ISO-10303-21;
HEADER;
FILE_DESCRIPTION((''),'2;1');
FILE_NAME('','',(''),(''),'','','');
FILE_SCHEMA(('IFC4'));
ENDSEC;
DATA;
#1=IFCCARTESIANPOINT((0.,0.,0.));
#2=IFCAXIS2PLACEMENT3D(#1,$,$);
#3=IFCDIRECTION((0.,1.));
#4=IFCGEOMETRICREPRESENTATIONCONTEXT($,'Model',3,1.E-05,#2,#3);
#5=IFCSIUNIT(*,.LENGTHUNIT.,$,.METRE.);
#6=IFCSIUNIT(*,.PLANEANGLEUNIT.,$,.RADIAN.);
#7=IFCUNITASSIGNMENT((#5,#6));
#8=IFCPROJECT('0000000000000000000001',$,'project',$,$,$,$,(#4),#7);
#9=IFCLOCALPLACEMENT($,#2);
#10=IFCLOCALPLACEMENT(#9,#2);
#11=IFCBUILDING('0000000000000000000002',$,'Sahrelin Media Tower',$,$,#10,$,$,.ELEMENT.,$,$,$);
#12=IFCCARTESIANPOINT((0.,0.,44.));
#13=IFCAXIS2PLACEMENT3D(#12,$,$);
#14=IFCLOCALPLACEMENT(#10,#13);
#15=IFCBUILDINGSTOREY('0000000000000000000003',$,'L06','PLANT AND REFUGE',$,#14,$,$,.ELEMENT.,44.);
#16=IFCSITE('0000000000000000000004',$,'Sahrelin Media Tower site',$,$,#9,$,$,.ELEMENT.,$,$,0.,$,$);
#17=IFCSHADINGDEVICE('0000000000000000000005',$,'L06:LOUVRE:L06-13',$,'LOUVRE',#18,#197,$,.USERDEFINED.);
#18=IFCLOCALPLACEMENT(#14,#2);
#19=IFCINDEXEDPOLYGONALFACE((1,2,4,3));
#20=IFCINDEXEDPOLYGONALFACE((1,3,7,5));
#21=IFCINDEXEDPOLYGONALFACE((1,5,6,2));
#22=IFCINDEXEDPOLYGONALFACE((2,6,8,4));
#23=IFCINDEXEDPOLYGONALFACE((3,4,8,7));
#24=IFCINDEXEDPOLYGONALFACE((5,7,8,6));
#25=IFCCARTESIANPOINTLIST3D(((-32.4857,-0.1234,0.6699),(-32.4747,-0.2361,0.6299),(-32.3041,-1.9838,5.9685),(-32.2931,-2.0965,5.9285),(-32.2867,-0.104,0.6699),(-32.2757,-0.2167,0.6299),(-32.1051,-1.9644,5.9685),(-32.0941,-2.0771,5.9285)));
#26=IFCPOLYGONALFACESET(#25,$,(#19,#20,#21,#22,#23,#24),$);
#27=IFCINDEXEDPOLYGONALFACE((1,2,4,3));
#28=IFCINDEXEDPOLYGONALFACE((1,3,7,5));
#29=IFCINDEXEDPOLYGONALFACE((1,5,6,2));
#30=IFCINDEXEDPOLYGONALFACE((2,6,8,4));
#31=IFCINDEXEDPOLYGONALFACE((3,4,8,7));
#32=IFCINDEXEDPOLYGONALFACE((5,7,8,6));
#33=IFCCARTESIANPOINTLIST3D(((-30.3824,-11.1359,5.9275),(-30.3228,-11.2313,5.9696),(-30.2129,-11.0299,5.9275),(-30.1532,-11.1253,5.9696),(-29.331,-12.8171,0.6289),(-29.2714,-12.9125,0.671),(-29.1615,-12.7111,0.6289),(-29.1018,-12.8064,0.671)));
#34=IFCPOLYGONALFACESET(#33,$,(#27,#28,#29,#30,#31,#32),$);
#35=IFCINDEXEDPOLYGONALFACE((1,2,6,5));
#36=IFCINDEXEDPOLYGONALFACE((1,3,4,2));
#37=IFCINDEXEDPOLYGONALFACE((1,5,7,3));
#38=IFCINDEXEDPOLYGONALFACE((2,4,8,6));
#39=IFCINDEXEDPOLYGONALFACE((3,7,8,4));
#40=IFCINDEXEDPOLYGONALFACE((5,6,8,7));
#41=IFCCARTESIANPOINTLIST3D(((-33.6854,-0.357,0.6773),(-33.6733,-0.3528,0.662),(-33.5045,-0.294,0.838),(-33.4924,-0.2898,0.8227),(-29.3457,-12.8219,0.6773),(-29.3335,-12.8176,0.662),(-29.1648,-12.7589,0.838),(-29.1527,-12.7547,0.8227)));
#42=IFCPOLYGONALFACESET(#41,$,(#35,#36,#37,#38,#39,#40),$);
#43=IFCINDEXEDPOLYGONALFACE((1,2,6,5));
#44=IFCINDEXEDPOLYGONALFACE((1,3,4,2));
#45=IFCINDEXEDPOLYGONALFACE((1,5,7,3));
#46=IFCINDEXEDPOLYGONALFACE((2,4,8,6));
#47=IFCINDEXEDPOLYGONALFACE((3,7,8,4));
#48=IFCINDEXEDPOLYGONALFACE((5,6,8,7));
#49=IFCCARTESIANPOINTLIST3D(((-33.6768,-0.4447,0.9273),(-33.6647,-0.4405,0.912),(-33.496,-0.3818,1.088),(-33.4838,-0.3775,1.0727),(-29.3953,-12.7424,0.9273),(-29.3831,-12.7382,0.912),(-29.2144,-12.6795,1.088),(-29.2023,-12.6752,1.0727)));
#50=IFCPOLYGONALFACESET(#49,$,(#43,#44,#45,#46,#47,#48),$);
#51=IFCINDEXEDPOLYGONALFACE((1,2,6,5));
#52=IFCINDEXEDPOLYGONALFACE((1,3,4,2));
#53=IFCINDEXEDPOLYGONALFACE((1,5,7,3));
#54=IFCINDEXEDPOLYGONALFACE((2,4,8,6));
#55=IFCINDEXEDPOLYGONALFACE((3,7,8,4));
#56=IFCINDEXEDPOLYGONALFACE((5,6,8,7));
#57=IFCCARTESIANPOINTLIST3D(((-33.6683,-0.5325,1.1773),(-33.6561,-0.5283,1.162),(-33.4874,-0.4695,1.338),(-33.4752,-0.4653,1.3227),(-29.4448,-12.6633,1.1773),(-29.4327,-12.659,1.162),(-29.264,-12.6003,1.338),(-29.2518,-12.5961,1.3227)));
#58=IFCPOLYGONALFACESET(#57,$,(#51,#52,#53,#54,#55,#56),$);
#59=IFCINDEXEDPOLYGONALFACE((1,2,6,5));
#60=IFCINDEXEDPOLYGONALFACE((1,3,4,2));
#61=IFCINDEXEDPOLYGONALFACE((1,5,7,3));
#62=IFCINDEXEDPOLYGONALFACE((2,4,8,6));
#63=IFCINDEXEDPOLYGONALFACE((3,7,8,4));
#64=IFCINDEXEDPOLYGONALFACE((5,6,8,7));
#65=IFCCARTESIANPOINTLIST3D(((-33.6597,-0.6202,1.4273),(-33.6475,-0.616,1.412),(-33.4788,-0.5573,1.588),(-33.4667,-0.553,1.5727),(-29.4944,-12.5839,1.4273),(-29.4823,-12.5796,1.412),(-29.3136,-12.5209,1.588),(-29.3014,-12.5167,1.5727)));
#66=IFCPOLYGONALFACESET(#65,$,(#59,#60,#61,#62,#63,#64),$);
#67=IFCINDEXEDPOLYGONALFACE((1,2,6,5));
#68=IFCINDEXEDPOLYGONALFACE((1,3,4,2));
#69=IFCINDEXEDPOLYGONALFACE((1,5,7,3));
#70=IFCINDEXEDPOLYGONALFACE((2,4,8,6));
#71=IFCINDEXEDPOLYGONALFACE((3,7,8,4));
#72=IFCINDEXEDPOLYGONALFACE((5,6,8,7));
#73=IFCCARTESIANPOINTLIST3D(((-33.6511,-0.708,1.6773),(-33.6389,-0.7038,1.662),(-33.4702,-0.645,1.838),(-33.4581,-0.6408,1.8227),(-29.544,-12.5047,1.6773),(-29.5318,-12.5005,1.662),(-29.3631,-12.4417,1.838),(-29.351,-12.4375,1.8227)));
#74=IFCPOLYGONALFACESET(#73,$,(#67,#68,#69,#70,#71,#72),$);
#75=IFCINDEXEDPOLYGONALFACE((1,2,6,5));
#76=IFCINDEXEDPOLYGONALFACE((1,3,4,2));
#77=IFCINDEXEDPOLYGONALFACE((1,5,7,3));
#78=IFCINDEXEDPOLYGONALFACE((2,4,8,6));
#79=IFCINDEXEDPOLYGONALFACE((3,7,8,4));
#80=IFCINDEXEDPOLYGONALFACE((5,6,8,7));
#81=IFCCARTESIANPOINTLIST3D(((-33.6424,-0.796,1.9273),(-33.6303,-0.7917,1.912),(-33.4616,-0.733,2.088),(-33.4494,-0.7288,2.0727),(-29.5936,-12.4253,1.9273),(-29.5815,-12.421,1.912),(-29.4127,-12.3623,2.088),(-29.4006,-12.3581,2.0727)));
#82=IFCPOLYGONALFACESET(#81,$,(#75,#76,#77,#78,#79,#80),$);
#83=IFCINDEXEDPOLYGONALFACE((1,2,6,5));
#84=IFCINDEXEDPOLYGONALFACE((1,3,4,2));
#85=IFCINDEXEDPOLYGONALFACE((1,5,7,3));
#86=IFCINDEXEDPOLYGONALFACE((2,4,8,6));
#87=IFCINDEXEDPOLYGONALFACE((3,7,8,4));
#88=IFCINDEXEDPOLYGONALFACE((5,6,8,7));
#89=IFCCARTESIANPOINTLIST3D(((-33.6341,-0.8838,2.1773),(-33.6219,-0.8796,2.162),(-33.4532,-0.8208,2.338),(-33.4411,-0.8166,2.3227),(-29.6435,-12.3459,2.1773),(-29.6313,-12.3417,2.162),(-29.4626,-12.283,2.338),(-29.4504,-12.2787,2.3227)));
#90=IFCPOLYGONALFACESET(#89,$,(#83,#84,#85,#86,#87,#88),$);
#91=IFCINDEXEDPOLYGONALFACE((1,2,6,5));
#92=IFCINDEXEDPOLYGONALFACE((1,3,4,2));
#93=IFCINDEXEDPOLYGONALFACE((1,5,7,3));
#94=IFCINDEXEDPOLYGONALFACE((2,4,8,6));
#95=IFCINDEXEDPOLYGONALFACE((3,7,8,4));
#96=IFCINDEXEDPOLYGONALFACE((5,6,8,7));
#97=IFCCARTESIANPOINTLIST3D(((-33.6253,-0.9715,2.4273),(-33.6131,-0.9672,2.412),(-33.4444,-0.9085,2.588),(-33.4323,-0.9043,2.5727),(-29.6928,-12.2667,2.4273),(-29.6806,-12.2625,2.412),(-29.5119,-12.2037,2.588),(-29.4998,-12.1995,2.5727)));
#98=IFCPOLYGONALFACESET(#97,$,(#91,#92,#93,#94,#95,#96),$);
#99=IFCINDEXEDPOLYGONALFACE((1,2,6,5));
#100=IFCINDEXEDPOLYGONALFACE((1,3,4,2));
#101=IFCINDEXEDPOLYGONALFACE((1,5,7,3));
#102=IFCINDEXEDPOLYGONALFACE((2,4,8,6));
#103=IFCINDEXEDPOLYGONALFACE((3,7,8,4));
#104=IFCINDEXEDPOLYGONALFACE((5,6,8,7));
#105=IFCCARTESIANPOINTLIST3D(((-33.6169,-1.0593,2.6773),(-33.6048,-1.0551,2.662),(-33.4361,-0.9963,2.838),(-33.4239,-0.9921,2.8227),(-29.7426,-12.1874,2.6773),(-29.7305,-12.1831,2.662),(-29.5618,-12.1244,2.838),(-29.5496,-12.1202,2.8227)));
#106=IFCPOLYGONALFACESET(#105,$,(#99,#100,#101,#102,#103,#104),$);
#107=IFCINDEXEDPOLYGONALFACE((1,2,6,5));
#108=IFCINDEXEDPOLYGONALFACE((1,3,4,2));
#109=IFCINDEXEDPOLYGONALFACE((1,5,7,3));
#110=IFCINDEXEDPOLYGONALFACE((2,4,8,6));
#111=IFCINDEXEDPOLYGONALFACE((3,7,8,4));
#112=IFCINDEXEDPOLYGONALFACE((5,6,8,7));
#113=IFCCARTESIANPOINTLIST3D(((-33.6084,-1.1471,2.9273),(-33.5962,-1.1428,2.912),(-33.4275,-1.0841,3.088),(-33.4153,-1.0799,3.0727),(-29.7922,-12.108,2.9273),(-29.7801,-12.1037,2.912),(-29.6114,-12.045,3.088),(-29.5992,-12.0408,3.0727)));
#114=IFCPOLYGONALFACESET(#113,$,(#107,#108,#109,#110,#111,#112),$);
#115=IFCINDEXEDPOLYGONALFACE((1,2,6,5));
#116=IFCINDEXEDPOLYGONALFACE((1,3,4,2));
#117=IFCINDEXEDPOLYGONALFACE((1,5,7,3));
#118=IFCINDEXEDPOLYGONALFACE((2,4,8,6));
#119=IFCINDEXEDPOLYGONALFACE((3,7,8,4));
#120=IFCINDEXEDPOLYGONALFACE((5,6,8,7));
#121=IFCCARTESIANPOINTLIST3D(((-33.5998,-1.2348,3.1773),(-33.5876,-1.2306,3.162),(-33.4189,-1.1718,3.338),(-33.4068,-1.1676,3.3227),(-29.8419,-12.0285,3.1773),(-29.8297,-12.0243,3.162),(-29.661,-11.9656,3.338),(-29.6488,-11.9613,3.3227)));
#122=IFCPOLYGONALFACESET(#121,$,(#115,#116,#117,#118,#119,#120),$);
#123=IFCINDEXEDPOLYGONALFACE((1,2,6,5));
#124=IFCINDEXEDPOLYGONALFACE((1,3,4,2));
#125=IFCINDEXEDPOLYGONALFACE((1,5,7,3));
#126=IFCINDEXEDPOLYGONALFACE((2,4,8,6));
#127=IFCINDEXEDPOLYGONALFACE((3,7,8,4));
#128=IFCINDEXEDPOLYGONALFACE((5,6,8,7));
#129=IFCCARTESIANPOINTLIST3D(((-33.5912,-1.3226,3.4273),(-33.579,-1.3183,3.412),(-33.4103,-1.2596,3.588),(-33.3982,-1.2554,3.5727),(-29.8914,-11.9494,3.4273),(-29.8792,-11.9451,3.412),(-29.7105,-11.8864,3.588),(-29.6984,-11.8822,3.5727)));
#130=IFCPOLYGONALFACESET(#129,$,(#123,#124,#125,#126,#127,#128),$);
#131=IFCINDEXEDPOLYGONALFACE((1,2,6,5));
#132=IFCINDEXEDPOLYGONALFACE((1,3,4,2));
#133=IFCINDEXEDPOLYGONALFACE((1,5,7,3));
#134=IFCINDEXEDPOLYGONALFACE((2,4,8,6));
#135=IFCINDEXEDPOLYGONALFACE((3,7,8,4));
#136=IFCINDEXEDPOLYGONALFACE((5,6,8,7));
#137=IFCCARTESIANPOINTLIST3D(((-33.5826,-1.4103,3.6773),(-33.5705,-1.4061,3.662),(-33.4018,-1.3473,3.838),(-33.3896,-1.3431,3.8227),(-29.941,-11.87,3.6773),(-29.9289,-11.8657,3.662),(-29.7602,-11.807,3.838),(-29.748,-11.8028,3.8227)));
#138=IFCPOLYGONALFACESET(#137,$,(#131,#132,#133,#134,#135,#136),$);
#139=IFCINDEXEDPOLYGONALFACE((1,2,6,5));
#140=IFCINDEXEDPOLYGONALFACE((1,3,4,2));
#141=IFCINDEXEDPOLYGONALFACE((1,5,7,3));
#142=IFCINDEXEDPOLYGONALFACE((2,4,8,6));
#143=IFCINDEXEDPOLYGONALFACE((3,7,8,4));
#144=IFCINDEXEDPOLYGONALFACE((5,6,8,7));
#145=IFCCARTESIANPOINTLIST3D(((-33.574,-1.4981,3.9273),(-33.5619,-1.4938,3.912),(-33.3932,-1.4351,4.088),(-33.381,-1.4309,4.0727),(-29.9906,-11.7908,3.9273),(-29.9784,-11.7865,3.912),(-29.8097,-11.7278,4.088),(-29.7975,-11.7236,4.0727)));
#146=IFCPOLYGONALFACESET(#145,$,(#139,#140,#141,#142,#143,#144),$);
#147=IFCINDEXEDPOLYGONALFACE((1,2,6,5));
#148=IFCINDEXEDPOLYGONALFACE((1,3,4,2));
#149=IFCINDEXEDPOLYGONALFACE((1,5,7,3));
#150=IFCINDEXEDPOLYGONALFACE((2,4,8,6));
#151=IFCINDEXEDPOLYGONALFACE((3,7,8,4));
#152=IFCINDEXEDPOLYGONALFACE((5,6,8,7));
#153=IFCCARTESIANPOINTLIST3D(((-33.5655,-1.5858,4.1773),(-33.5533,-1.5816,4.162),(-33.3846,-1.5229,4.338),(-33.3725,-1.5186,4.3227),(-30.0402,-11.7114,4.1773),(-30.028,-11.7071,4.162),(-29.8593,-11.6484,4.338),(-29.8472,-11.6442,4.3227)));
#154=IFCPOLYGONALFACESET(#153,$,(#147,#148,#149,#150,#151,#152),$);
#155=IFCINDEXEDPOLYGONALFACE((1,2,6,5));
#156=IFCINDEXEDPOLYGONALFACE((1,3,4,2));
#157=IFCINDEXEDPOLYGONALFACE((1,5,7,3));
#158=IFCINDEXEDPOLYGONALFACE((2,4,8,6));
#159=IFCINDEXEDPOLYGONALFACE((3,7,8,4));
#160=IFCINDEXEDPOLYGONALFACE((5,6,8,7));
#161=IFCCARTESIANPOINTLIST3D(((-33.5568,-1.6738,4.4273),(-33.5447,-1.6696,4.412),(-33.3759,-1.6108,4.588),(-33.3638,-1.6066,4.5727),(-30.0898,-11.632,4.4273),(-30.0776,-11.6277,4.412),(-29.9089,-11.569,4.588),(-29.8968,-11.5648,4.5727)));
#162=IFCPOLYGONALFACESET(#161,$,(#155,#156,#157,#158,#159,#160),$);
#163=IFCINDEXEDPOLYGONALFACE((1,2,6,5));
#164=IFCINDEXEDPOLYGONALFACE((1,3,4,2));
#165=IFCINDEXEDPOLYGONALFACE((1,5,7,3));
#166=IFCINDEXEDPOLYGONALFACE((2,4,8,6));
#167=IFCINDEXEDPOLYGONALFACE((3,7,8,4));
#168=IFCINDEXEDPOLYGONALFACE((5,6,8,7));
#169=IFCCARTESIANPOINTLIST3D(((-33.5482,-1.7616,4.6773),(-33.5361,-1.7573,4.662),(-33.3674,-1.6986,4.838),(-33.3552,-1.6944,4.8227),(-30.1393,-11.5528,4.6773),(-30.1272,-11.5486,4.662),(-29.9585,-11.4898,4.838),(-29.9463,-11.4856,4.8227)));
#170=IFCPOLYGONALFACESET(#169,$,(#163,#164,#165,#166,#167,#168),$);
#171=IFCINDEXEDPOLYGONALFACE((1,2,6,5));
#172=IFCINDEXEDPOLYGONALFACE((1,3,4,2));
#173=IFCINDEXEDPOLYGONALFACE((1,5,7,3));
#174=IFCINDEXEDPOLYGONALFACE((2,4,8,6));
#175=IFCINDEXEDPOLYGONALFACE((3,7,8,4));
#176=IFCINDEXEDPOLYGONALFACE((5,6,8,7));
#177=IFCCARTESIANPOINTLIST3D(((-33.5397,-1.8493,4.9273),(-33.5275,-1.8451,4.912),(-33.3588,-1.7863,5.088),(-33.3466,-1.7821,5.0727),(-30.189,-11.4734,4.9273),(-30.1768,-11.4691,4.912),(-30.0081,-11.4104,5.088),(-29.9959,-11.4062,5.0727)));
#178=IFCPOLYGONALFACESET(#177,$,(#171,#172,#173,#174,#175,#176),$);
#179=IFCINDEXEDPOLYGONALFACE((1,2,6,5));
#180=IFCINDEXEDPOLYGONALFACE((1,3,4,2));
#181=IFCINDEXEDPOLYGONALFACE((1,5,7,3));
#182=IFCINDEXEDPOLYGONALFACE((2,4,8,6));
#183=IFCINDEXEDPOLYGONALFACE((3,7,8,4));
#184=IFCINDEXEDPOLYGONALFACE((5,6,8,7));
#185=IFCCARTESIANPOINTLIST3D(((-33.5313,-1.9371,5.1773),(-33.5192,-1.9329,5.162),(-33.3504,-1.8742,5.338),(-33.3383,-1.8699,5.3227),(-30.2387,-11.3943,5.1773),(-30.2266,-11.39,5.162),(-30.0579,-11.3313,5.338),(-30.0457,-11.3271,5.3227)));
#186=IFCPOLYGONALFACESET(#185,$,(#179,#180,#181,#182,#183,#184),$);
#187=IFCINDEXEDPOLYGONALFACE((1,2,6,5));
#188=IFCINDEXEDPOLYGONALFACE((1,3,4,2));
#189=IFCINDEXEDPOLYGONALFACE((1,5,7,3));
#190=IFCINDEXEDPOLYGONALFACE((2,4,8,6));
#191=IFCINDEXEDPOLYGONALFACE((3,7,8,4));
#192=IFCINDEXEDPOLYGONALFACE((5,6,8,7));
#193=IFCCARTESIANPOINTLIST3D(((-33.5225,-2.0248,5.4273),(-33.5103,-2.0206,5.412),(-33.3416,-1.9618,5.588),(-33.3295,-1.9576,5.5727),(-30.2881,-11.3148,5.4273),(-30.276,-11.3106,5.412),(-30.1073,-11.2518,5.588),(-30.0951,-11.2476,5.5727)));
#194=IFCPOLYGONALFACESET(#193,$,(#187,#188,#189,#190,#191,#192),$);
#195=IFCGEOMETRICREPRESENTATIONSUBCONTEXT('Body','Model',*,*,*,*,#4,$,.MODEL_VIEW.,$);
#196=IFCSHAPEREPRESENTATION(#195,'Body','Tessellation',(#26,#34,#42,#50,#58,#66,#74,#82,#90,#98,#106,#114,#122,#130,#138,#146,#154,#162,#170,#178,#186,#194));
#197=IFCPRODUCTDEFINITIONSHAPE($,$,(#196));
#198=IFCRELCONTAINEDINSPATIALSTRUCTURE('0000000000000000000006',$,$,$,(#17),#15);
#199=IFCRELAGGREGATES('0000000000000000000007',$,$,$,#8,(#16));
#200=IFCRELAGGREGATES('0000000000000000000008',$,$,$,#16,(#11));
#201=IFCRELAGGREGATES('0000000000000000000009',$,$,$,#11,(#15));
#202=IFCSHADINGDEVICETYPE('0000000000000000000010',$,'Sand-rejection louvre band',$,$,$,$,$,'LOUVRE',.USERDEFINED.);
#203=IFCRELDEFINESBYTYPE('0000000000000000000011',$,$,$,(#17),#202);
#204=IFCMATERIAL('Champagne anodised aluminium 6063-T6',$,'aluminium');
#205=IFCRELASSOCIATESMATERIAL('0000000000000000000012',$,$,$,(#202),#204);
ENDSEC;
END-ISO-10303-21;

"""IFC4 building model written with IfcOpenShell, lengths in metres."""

from ifc_helpers import new_model, si_unit, direction, frame, origin, origin_2d, place, context, subcontext, project, spatial, rectangle, extrude, material, type_object, element, save


model = new_model("IFC4")

# Units and contexts
model_context = context("Model", 3, precision=1e-05, world=origin(), true_north=direction((0.0, 1.0)))
body_context = subcontext(model_context, "Body", "Model", "MODEL_VIEW")
ifc_project = project(units=[si_unit("LENGTHUNIT", "METRE"), si_unit("PLANEANGLEUNIT", "RADIAN")], contexts=[model_context])

# Site, building, storey
site_placement = place(None, origin())
site = spatial("IfcSite", under=ifc_project, at=site_placement, Name="Sahrelin Media Tower site", CompositionType="ELEMENT", RefElevation=0.0)
building_placement = place(site_placement, origin())
building = spatial("IfcBuilding", under=site, at=building_placement, Name="Sahrelin Media Tower", CompositionType="ELEMENT")
storey_placement = place(building_placement, frame((0.0, 0.0, 44.0)))
storey = spatial("IfcBuildingStorey", under=building, at=storey_placement, Name="L06", Description="PLANT AND REFUGE", CompositionType="ELEMENT", Elevation=44.0)

# Shading device
ifc_material_1 = material(Name="Champagne anodised aluminium 6063-T6", Category="aluminium")
shading_device_type = type_object("IfcShadingDeviceType", Name="Sand-rejection louvre band", ElementType="LOUVRE", PredefinedType="USERDEFINED", material=ifc_material_1)
shading_device_1_placement = place(storey_placement, frame((-30.8027, -6.3115, 0.0), z_axis=(0.0, 0.0, 1.0), x_axis=(-0.3288, 0.9444, 0.0)))
element("IfcShadingDevice", 1, at=shading_device_1_placement, inside=storey, type_object=shading_device_type, Name="L06:LOUVRE:L06-13", ObjectType="LOUVRE", PredefinedType="USERDEFINED", context=body_context, shape_type="SweptSolid", body=[
    extrude(rectangle(XDim=0.2, YDim=0.1201, at=origin_2d()), frame((6.3188, -0.5291, 0.6499), z_axis=(-0.323326, 0.078344, 0.943039), x_axis=(-0.235492, -0.971876, 0.0)), (0.0, 0.0, 1.0), 5.6187),
    extrude(rectangle(XDim=0.2, YDim=0.1201, at=origin_2d()), frame((-6.6604, 0.6392, 0.6499), z_axis=(0.341736, 0.077807, 0.93657), x_axis=(-0.221999, 0.975047, 0.0)), (0.0, 0.0, 1.0), 5.6575),
    extrude(rectangle(XDim=0.25, YDim=0.02, at=origin_2d()), frame((6.5713, 0.6624, 0.75), z_axis=(-1.0, 0.0, 0.0), x_axis=(0.0, -0.766044, 0.642788)), (0.0, 0.0, 1.0), 13.1987),
    extrude(rectangle(XDim=0.25, YDim=0.02, at=origin_2d()), frame((6.4856, 0.6831, 1.0), z_axis=(-1.0, 0.0, 0.0), x_axis=(0.0, -0.766044, 0.642788)), (0.0, 0.0, 1.0), 13.0217),
    extrude(rectangle(XDim=0.25, YDim=0.02, at=origin_2d()), frame((6.3999, 0.7039, 1.25), z_axis=(-1.0, 0.0, 0.0), x_axis=(0.0, -0.766044, 0.642788)), (0.0, 0.0, 1.0), 12.845),
    extrude(rectangle(XDim=0.25, YDim=0.02, at=origin_2d()), frame((6.3142, 0.7246, 1.5), z_axis=(-1.0, 0.0, 0.0), x_axis=(0.0, -0.766044, 0.642788)), (0.0, 0.0, 1.0), 12.668),
    extrude(rectangle(XDim=0.25, YDim=0.02, at=origin_2d()), frame((6.2285, 0.7454, 1.75), z_axis=(-1.0, 0.0, 0.0), x_axis=(0.0, -0.766044, 0.642788)), (0.0, 0.0, 1.0), 12.4912),
    extrude(rectangle(XDim=0.25, YDim=0.02, at=origin_2d()), frame((6.1426, 0.7661, 2.0), z_axis=(-1.0, 0.0, 0.0), x_axis=(0.0, -0.766044, 0.642788)), (0.0, 0.0, 1.0), 12.314),
    extrude(rectangle(XDim=0.25, YDim=0.02, at=origin_2d()), frame((6.0569, 0.7871, 2.25), z_axis=(-1.0, 0.0, 0.0), x_axis=(0.0, -0.766044, 0.642788)), (0.0, 0.0, 1.0), 12.137),
    extrude(rectangle(XDim=0.25, YDim=0.02, at=origin_2d()), frame((5.9712, 0.8076, 2.5), z_axis=(-1.0, 0.0, 0.0), x_axis=(0.0, -0.766044, 0.642788)), (0.0, 0.0, 1.0), 11.9602),
    extrude(rectangle(XDim=0.25, YDim=0.02, at=origin_2d()), frame((5.8855, 0.8286, 2.75), z_axis=(-1.0, 0.0, 0.0), x_axis=(0.0, -0.766044, 0.642788)), (0.0, 0.0, 1.0), 11.7832),
    extrude(rectangle(XDim=0.25, YDim=0.02, at=origin_2d()), frame((5.7998, 0.8494, 3.0), z_axis=(-1.0, 0.0, 0.0), x_axis=(0.0, -0.766044, 0.642788)), (0.0, 0.0, 1.0), 11.6062),
    extrude(rectangle(XDim=0.25, YDim=0.02, at=origin_2d()), frame((5.7141, 0.8701, 3.25), z_axis=(-1.0, 0.0, 0.0), x_axis=(0.0, -0.766044, 0.642788)), (0.0, 0.0, 1.0), 11.4292),
    extrude(rectangle(XDim=0.25, YDim=0.02, at=origin_2d()), frame((5.6284, 0.8909, 3.5), z_axis=(-1.0, 0.0, 0.0), x_axis=(0.0, -0.766044, 0.642788)), (0.0, 0.0, 1.0), 11.2524),
    extrude(rectangle(XDim=0.25, YDim=0.02, at=origin_2d()), frame((5.5427, 0.9116, 3.75), z_axis=(-1.0, 0.0, 0.0), x_axis=(0.0, -0.766044, 0.642788)), (0.0, 0.0, 1.0), 11.0754),
    extrude(rectangle(XDim=0.25, YDim=0.02, at=origin_2d()), frame((5.457, 0.9324, 4.0), z_axis=(-1.0, 0.0, 0.0), x_axis=(0.0, -0.766044, 0.642788)), (0.0, 0.0, 1.0), 10.8987),
    extrude(rectangle(XDim=0.25, YDim=0.02, at=origin_2d()), frame((5.3713, 0.9531, 4.25), z_axis=(-1.0, 0.0, 0.0), x_axis=(0.0, -0.766044, 0.642788)), (0.0, 0.0, 1.0), 10.7217),
    extrude(rectangle(XDim=0.25, YDim=0.02, at=origin_2d()), frame((5.2854, 0.9739, 4.5), z_axis=(-1.0, 0.0, 0.0), x_axis=(0.0, -0.766044, 0.642788)), (0.0, 0.0, 1.0), 10.5444),
    extrude(rectangle(XDim=0.25, YDim=0.02, at=origin_2d()), frame((5.1997, 0.9946, 4.75), z_axis=(-1.0, 0.0, 0.0), x_axis=(0.0, -0.766044, 0.642788)), (0.0, 0.0, 1.0), 10.3677),
    extrude(rectangle(XDim=0.25, YDim=0.02, at=origin_2d()), frame((5.114, 1.0154, 5.0), z_axis=(-1.0, 0.0, 0.0), x_axis=(0.0, -0.766044, 0.642788)), (0.0, 0.0, 1.0), 10.1907),
    extrude(rectangle(XDim=0.25, YDim=0.02, at=origin_2d()), frame((5.0283, 1.0364, 5.25), z_axis=(-1.0, 0.0, 0.0), x_axis=(0.0, -0.766044, 0.642788)), (0.0, 0.0, 1.0), 10.0139),
    extrude(rectangle(XDim=0.25, YDim=0.02, at=origin_2d()), frame((4.9426, 1.0569, 5.5), z_axis=(-1.0, 0.0, 0.0), x_axis=(0.0, -0.766044, 0.642788)), (0.0, 0.0, 1.0), 9.8369),
])

save(model, "model.ifc")
